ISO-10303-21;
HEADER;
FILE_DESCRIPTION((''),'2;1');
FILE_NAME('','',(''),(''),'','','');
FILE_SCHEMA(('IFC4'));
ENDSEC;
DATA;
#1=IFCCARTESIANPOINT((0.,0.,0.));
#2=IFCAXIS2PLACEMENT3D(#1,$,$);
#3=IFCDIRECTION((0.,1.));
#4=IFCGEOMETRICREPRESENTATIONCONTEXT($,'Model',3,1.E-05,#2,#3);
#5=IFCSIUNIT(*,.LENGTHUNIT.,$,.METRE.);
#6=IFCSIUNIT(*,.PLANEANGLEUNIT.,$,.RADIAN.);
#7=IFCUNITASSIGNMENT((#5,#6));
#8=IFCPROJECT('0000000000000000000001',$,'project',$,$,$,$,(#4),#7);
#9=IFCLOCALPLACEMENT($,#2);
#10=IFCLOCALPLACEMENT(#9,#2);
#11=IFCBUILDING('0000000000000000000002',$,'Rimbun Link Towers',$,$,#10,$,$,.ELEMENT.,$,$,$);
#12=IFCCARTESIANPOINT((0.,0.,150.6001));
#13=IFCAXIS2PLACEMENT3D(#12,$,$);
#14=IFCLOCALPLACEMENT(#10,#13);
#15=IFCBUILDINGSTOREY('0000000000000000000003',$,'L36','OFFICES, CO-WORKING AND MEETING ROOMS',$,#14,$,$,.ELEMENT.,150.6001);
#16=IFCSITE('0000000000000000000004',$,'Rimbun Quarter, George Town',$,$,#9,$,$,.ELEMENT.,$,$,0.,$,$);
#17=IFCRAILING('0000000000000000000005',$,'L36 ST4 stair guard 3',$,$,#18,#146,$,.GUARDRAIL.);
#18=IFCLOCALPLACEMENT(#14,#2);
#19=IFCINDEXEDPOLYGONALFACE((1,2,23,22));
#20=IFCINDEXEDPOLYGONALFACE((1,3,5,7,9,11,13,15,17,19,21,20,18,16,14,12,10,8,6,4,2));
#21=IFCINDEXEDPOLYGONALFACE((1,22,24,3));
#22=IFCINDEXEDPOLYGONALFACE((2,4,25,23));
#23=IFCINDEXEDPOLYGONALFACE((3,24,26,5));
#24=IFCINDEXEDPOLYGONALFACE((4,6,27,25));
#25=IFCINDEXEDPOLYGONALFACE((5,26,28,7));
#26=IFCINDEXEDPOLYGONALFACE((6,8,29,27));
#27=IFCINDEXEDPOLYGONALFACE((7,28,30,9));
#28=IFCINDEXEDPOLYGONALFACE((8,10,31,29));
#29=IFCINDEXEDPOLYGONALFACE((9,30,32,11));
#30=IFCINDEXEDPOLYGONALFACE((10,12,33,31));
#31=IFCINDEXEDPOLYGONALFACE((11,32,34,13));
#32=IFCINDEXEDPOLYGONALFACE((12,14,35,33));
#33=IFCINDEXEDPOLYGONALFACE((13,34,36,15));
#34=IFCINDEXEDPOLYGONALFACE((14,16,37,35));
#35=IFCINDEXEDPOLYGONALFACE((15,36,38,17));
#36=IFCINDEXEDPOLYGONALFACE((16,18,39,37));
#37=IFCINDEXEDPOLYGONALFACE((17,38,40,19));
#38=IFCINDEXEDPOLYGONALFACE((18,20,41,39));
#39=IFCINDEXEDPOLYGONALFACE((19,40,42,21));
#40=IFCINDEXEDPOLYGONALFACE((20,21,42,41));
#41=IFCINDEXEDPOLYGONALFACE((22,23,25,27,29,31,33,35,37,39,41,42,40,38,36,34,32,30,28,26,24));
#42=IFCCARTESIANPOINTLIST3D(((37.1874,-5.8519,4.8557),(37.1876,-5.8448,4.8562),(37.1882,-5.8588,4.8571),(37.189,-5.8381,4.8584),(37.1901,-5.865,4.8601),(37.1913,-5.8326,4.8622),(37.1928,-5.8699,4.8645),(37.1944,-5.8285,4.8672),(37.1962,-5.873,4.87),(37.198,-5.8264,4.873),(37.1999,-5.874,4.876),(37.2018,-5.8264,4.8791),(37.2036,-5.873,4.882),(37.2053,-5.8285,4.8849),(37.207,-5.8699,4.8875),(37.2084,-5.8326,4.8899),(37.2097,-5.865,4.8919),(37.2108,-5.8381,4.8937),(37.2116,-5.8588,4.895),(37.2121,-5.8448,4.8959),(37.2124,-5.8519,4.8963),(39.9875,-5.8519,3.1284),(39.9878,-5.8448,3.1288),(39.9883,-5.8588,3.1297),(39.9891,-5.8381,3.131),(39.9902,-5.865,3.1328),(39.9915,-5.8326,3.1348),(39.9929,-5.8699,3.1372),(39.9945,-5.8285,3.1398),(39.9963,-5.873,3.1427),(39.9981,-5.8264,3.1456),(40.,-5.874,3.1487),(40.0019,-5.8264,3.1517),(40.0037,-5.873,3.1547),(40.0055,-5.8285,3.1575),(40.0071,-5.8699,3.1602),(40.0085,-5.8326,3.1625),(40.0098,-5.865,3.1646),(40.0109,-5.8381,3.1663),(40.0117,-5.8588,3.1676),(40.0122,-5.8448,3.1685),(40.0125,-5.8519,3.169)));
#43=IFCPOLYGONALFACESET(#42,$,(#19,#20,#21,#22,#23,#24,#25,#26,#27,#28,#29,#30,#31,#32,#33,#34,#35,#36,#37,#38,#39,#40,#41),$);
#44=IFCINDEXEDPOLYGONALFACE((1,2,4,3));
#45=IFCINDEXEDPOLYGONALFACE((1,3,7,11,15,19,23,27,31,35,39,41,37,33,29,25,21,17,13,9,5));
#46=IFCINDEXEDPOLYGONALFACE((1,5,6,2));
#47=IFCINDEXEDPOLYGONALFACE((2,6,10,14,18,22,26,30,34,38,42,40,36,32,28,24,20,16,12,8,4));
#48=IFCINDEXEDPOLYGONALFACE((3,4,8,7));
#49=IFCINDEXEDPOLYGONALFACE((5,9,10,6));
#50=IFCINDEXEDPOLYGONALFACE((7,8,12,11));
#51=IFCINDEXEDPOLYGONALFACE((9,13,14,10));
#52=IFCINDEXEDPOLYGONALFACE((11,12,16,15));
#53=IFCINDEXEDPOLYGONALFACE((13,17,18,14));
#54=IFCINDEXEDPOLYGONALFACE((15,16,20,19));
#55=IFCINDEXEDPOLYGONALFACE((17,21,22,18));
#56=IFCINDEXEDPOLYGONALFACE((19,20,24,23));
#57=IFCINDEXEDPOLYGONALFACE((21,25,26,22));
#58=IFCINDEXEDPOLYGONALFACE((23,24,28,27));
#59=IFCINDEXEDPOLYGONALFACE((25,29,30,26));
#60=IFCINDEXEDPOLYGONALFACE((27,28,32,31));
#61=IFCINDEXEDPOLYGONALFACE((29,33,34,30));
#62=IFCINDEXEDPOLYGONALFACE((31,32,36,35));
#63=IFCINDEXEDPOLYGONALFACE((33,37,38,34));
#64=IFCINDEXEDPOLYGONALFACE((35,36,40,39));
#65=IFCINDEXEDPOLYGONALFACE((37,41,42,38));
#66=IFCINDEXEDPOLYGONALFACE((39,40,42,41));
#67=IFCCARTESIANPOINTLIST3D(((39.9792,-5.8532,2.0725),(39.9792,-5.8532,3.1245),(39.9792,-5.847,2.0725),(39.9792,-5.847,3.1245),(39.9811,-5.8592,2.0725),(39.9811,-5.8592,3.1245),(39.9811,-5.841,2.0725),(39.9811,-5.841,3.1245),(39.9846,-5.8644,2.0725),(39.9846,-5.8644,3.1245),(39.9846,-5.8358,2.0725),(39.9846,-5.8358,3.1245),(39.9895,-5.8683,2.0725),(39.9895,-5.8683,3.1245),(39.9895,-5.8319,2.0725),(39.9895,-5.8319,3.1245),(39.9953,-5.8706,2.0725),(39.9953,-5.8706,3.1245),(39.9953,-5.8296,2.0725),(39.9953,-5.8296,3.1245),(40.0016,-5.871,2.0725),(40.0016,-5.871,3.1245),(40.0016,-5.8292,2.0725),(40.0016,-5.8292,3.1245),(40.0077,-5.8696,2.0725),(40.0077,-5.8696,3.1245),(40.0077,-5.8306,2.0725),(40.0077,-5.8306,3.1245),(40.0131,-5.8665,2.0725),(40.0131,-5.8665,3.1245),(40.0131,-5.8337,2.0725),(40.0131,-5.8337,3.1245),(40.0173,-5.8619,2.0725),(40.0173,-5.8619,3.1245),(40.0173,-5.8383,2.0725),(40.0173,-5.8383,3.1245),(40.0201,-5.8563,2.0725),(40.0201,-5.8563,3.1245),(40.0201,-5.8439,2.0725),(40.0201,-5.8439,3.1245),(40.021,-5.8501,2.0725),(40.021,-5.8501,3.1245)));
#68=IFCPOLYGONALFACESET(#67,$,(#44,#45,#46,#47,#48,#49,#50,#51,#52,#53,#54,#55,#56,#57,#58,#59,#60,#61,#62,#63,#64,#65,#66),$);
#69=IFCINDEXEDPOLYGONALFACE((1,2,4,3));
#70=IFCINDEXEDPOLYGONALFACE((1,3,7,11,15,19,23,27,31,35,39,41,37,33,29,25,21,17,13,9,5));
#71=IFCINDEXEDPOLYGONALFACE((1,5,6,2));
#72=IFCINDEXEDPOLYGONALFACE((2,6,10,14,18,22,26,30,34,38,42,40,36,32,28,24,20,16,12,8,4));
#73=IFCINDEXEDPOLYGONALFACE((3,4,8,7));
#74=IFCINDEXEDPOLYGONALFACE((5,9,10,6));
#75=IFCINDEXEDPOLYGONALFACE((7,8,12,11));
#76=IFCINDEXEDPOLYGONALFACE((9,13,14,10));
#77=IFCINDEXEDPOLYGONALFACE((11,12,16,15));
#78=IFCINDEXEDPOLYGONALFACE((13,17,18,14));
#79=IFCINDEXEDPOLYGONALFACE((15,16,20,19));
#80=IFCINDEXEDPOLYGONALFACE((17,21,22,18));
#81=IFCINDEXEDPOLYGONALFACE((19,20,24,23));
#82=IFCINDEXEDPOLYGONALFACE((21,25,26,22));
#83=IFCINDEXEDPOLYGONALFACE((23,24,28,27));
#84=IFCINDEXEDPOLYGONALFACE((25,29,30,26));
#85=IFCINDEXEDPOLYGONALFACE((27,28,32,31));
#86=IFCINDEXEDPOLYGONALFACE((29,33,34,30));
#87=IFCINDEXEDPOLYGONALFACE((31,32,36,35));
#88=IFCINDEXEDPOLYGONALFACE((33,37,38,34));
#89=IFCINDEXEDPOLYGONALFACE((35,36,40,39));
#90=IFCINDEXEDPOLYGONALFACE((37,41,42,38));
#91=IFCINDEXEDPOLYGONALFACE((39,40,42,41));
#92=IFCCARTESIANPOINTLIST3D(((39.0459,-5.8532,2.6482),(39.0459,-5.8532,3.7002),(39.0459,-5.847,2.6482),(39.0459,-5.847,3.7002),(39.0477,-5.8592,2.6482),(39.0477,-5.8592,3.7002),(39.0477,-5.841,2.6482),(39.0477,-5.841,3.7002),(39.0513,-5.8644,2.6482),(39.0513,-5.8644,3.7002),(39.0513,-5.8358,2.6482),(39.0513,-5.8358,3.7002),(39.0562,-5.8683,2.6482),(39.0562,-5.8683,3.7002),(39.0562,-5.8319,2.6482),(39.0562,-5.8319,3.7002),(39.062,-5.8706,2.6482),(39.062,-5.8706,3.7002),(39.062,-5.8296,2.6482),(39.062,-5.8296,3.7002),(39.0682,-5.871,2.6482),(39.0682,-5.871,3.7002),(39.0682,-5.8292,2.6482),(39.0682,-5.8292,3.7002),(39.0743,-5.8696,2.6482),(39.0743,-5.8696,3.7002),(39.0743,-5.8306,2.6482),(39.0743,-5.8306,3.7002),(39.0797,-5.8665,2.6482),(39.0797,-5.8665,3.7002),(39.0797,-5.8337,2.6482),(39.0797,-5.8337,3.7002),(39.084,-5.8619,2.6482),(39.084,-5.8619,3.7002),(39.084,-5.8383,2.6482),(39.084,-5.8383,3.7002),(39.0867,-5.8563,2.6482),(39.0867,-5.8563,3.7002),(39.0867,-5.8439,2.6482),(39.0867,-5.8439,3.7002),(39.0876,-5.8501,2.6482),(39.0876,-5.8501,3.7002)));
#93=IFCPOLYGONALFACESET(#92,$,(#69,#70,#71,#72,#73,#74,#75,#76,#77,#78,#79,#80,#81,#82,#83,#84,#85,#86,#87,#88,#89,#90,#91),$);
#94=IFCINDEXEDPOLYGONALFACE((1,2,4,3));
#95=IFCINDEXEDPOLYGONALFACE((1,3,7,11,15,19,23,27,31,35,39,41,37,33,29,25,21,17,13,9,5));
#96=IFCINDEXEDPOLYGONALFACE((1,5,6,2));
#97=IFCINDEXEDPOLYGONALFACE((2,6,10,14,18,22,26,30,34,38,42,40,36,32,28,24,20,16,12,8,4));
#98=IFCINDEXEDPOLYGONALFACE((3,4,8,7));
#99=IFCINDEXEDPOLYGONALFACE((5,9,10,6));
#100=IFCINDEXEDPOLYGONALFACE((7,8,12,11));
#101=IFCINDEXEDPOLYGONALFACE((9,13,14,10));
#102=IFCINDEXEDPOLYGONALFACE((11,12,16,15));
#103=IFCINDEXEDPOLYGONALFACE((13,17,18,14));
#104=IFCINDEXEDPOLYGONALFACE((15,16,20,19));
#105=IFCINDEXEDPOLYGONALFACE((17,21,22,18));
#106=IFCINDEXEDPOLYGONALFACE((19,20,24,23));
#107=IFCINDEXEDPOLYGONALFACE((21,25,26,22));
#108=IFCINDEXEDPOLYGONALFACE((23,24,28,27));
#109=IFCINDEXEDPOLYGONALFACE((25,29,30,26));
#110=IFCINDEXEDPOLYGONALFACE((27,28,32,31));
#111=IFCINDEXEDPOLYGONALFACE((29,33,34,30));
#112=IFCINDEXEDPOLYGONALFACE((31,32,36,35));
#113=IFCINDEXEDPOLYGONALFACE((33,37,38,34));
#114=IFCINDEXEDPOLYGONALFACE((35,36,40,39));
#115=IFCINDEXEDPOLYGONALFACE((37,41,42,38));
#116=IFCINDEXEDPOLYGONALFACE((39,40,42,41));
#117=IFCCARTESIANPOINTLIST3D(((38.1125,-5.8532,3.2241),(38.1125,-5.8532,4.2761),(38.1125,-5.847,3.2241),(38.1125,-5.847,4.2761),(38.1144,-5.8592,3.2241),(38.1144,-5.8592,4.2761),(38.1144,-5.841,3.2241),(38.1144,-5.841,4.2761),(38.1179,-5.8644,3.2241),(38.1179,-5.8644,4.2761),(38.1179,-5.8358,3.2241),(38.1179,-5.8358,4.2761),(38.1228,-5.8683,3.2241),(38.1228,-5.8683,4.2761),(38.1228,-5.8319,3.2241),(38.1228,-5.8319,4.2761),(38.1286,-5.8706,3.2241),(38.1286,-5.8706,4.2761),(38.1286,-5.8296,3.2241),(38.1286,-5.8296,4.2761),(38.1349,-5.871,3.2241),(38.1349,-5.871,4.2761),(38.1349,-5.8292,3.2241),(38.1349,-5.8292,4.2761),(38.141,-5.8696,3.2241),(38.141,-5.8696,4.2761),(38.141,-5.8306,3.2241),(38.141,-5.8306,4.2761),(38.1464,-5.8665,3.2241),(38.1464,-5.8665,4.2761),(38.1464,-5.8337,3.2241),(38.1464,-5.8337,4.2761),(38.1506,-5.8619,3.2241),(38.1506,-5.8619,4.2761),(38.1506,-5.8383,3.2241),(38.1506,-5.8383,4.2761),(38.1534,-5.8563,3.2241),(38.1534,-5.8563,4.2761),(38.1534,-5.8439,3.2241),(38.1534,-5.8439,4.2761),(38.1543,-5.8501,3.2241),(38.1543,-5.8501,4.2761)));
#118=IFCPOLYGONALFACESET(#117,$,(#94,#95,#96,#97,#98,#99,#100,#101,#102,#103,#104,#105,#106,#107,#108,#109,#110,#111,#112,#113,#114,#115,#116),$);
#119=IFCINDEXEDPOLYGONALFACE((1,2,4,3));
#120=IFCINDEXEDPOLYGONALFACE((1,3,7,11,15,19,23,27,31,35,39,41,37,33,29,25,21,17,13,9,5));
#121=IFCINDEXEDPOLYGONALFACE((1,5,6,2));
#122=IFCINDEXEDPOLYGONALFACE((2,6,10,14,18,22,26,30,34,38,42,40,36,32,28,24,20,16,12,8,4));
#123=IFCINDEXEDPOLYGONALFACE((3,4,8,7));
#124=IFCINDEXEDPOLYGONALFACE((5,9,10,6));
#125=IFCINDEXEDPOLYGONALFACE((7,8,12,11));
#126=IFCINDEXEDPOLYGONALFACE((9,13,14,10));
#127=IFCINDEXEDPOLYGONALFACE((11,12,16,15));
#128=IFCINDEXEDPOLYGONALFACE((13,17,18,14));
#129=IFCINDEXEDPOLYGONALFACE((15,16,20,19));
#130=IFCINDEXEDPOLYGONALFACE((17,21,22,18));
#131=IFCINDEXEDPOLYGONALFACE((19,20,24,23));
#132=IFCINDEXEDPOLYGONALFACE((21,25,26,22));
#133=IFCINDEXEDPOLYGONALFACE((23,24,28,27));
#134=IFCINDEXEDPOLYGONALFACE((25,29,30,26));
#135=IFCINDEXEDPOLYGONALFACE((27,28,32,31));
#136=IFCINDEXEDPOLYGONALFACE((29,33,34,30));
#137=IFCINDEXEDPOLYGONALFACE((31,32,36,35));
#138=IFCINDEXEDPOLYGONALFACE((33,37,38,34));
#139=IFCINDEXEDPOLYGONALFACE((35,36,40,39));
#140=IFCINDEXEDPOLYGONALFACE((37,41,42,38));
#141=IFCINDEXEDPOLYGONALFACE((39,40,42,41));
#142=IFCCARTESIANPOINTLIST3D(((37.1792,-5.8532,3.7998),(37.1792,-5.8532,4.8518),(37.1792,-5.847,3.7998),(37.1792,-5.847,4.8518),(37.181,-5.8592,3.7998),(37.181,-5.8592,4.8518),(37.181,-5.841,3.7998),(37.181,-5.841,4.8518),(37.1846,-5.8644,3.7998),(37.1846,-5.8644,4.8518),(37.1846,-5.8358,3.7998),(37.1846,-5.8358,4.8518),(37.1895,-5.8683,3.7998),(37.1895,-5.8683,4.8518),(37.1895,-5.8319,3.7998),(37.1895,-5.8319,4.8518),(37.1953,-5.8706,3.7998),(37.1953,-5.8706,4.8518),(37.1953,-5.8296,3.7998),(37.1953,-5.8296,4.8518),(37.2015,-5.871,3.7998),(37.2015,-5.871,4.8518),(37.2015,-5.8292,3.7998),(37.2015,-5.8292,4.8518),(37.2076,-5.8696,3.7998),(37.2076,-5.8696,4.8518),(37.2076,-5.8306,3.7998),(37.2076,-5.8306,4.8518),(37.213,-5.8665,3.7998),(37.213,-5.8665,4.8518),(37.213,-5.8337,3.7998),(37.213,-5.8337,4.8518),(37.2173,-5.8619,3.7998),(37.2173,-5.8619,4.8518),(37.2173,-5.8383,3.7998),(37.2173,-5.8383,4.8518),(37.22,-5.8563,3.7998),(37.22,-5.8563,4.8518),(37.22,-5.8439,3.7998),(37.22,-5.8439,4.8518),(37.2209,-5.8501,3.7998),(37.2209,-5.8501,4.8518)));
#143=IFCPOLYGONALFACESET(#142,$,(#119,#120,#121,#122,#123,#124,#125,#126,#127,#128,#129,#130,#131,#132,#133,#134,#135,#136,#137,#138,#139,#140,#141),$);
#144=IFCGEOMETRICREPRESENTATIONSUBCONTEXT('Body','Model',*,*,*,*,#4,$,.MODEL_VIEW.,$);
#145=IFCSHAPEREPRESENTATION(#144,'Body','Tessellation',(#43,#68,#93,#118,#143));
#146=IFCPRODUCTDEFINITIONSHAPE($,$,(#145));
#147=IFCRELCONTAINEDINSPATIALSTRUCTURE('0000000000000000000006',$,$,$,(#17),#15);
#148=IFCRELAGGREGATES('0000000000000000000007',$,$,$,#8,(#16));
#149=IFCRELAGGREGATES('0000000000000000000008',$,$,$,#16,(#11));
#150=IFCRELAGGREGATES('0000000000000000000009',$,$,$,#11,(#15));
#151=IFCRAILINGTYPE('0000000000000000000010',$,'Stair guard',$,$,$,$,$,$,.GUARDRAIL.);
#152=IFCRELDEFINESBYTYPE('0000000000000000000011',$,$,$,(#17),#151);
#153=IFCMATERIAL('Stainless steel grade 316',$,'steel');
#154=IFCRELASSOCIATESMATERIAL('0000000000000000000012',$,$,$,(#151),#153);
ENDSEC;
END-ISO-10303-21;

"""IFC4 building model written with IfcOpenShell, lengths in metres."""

from ifc_helpers import new_model, si_unit, direction, frame, origin, origin_2d, place, context, subcontext, project, spatial, circle, extrude, material, type_object, element, save


model = new_model("IFC4")

# Units and contexts
model_context = context("Model", 3, precision=1e-05, world=origin(), true_north=direction((0.0, 1.0)))
body_context = subcontext(model_context, "Body", "Model", "MODEL_VIEW")
ifc_project = project(units=[si_unit("LENGTHUNIT", "METRE"), si_unit("PLANEANGLEUNIT", "RADIAN")], contexts=[model_context])

# Site, building, storey
site_placement = place(None, origin())
site = spatial("IfcSite", under=ifc_project, at=site_placement, Name="Rimbun Quarter, George Town", CompositionType="ELEMENT", RefElevation=0.0)
building_placement = place(site_placement, origin())
building = spatial("IfcBuilding", under=site, at=building_placement, Name="Rimbun Link Towers", CompositionType="ELEMENT")
storey_placement = place(building_placement, frame((0.0, 0.0, 150.6001)))
storey = spatial("IfcBuildingStorey", under=building, at=storey_placement, Name="L36", Description="OFFICES, CO-WORKING AND MEETING ROOMS", CompositionType="ELEMENT", Elevation=150.6001)

# Railing
ifc_material_1 = material(Name="Stainless steel grade 316", Category="steel")
railing_type_1 = type_object("IfcRailingType", Name="Stair guard", PredefinedType="GUARDRAIL", material=ifc_material_1)
railing_1_placement = place(storey_placement, frame((40.0, -5.8501, 2.0725)))
element("IfcRailing", 1, at=railing_1_placement, inside=storey, type_object=railing_type_1, Name="L36 ST4 stair guard 3", PredefinedType="GUARDRAIL", context=body_context, shape_type="SweptSolid", body=[
    extrude(circle(Radius=0.0239, at=origin_2d()), frame((0.0, 0.0, 1.0762), z_axis=(-0.85109, 0.0, 0.52502), x_axis=(0.0, -1.0, 0.0)), (0.0, 0.0, 1.0), 3.29),
    extrude(circle(Radius=0.021, at=origin_2d()), origin(), (0.0, 0.0, 1.0), 1.052),
    extrude(circle(Radius=0.021, at=origin_2d()), frame((-0.9333, 0.0, 0.5757)), (0.0, 0.0, 1.0), 1.052),
    extrude(circle(Radius=0.021, at=origin_2d()), frame((-1.8667, 0.0, 1.1516)), (0.0, 0.0, 1.0), 1.052),
    extrude(circle(Radius=0.021, at=origin_2d()), frame((-2.8, 0.0, 1.7273)), (0.0, 0.0, 1.0), 1.052),
])

save(model, "model.ifc")
